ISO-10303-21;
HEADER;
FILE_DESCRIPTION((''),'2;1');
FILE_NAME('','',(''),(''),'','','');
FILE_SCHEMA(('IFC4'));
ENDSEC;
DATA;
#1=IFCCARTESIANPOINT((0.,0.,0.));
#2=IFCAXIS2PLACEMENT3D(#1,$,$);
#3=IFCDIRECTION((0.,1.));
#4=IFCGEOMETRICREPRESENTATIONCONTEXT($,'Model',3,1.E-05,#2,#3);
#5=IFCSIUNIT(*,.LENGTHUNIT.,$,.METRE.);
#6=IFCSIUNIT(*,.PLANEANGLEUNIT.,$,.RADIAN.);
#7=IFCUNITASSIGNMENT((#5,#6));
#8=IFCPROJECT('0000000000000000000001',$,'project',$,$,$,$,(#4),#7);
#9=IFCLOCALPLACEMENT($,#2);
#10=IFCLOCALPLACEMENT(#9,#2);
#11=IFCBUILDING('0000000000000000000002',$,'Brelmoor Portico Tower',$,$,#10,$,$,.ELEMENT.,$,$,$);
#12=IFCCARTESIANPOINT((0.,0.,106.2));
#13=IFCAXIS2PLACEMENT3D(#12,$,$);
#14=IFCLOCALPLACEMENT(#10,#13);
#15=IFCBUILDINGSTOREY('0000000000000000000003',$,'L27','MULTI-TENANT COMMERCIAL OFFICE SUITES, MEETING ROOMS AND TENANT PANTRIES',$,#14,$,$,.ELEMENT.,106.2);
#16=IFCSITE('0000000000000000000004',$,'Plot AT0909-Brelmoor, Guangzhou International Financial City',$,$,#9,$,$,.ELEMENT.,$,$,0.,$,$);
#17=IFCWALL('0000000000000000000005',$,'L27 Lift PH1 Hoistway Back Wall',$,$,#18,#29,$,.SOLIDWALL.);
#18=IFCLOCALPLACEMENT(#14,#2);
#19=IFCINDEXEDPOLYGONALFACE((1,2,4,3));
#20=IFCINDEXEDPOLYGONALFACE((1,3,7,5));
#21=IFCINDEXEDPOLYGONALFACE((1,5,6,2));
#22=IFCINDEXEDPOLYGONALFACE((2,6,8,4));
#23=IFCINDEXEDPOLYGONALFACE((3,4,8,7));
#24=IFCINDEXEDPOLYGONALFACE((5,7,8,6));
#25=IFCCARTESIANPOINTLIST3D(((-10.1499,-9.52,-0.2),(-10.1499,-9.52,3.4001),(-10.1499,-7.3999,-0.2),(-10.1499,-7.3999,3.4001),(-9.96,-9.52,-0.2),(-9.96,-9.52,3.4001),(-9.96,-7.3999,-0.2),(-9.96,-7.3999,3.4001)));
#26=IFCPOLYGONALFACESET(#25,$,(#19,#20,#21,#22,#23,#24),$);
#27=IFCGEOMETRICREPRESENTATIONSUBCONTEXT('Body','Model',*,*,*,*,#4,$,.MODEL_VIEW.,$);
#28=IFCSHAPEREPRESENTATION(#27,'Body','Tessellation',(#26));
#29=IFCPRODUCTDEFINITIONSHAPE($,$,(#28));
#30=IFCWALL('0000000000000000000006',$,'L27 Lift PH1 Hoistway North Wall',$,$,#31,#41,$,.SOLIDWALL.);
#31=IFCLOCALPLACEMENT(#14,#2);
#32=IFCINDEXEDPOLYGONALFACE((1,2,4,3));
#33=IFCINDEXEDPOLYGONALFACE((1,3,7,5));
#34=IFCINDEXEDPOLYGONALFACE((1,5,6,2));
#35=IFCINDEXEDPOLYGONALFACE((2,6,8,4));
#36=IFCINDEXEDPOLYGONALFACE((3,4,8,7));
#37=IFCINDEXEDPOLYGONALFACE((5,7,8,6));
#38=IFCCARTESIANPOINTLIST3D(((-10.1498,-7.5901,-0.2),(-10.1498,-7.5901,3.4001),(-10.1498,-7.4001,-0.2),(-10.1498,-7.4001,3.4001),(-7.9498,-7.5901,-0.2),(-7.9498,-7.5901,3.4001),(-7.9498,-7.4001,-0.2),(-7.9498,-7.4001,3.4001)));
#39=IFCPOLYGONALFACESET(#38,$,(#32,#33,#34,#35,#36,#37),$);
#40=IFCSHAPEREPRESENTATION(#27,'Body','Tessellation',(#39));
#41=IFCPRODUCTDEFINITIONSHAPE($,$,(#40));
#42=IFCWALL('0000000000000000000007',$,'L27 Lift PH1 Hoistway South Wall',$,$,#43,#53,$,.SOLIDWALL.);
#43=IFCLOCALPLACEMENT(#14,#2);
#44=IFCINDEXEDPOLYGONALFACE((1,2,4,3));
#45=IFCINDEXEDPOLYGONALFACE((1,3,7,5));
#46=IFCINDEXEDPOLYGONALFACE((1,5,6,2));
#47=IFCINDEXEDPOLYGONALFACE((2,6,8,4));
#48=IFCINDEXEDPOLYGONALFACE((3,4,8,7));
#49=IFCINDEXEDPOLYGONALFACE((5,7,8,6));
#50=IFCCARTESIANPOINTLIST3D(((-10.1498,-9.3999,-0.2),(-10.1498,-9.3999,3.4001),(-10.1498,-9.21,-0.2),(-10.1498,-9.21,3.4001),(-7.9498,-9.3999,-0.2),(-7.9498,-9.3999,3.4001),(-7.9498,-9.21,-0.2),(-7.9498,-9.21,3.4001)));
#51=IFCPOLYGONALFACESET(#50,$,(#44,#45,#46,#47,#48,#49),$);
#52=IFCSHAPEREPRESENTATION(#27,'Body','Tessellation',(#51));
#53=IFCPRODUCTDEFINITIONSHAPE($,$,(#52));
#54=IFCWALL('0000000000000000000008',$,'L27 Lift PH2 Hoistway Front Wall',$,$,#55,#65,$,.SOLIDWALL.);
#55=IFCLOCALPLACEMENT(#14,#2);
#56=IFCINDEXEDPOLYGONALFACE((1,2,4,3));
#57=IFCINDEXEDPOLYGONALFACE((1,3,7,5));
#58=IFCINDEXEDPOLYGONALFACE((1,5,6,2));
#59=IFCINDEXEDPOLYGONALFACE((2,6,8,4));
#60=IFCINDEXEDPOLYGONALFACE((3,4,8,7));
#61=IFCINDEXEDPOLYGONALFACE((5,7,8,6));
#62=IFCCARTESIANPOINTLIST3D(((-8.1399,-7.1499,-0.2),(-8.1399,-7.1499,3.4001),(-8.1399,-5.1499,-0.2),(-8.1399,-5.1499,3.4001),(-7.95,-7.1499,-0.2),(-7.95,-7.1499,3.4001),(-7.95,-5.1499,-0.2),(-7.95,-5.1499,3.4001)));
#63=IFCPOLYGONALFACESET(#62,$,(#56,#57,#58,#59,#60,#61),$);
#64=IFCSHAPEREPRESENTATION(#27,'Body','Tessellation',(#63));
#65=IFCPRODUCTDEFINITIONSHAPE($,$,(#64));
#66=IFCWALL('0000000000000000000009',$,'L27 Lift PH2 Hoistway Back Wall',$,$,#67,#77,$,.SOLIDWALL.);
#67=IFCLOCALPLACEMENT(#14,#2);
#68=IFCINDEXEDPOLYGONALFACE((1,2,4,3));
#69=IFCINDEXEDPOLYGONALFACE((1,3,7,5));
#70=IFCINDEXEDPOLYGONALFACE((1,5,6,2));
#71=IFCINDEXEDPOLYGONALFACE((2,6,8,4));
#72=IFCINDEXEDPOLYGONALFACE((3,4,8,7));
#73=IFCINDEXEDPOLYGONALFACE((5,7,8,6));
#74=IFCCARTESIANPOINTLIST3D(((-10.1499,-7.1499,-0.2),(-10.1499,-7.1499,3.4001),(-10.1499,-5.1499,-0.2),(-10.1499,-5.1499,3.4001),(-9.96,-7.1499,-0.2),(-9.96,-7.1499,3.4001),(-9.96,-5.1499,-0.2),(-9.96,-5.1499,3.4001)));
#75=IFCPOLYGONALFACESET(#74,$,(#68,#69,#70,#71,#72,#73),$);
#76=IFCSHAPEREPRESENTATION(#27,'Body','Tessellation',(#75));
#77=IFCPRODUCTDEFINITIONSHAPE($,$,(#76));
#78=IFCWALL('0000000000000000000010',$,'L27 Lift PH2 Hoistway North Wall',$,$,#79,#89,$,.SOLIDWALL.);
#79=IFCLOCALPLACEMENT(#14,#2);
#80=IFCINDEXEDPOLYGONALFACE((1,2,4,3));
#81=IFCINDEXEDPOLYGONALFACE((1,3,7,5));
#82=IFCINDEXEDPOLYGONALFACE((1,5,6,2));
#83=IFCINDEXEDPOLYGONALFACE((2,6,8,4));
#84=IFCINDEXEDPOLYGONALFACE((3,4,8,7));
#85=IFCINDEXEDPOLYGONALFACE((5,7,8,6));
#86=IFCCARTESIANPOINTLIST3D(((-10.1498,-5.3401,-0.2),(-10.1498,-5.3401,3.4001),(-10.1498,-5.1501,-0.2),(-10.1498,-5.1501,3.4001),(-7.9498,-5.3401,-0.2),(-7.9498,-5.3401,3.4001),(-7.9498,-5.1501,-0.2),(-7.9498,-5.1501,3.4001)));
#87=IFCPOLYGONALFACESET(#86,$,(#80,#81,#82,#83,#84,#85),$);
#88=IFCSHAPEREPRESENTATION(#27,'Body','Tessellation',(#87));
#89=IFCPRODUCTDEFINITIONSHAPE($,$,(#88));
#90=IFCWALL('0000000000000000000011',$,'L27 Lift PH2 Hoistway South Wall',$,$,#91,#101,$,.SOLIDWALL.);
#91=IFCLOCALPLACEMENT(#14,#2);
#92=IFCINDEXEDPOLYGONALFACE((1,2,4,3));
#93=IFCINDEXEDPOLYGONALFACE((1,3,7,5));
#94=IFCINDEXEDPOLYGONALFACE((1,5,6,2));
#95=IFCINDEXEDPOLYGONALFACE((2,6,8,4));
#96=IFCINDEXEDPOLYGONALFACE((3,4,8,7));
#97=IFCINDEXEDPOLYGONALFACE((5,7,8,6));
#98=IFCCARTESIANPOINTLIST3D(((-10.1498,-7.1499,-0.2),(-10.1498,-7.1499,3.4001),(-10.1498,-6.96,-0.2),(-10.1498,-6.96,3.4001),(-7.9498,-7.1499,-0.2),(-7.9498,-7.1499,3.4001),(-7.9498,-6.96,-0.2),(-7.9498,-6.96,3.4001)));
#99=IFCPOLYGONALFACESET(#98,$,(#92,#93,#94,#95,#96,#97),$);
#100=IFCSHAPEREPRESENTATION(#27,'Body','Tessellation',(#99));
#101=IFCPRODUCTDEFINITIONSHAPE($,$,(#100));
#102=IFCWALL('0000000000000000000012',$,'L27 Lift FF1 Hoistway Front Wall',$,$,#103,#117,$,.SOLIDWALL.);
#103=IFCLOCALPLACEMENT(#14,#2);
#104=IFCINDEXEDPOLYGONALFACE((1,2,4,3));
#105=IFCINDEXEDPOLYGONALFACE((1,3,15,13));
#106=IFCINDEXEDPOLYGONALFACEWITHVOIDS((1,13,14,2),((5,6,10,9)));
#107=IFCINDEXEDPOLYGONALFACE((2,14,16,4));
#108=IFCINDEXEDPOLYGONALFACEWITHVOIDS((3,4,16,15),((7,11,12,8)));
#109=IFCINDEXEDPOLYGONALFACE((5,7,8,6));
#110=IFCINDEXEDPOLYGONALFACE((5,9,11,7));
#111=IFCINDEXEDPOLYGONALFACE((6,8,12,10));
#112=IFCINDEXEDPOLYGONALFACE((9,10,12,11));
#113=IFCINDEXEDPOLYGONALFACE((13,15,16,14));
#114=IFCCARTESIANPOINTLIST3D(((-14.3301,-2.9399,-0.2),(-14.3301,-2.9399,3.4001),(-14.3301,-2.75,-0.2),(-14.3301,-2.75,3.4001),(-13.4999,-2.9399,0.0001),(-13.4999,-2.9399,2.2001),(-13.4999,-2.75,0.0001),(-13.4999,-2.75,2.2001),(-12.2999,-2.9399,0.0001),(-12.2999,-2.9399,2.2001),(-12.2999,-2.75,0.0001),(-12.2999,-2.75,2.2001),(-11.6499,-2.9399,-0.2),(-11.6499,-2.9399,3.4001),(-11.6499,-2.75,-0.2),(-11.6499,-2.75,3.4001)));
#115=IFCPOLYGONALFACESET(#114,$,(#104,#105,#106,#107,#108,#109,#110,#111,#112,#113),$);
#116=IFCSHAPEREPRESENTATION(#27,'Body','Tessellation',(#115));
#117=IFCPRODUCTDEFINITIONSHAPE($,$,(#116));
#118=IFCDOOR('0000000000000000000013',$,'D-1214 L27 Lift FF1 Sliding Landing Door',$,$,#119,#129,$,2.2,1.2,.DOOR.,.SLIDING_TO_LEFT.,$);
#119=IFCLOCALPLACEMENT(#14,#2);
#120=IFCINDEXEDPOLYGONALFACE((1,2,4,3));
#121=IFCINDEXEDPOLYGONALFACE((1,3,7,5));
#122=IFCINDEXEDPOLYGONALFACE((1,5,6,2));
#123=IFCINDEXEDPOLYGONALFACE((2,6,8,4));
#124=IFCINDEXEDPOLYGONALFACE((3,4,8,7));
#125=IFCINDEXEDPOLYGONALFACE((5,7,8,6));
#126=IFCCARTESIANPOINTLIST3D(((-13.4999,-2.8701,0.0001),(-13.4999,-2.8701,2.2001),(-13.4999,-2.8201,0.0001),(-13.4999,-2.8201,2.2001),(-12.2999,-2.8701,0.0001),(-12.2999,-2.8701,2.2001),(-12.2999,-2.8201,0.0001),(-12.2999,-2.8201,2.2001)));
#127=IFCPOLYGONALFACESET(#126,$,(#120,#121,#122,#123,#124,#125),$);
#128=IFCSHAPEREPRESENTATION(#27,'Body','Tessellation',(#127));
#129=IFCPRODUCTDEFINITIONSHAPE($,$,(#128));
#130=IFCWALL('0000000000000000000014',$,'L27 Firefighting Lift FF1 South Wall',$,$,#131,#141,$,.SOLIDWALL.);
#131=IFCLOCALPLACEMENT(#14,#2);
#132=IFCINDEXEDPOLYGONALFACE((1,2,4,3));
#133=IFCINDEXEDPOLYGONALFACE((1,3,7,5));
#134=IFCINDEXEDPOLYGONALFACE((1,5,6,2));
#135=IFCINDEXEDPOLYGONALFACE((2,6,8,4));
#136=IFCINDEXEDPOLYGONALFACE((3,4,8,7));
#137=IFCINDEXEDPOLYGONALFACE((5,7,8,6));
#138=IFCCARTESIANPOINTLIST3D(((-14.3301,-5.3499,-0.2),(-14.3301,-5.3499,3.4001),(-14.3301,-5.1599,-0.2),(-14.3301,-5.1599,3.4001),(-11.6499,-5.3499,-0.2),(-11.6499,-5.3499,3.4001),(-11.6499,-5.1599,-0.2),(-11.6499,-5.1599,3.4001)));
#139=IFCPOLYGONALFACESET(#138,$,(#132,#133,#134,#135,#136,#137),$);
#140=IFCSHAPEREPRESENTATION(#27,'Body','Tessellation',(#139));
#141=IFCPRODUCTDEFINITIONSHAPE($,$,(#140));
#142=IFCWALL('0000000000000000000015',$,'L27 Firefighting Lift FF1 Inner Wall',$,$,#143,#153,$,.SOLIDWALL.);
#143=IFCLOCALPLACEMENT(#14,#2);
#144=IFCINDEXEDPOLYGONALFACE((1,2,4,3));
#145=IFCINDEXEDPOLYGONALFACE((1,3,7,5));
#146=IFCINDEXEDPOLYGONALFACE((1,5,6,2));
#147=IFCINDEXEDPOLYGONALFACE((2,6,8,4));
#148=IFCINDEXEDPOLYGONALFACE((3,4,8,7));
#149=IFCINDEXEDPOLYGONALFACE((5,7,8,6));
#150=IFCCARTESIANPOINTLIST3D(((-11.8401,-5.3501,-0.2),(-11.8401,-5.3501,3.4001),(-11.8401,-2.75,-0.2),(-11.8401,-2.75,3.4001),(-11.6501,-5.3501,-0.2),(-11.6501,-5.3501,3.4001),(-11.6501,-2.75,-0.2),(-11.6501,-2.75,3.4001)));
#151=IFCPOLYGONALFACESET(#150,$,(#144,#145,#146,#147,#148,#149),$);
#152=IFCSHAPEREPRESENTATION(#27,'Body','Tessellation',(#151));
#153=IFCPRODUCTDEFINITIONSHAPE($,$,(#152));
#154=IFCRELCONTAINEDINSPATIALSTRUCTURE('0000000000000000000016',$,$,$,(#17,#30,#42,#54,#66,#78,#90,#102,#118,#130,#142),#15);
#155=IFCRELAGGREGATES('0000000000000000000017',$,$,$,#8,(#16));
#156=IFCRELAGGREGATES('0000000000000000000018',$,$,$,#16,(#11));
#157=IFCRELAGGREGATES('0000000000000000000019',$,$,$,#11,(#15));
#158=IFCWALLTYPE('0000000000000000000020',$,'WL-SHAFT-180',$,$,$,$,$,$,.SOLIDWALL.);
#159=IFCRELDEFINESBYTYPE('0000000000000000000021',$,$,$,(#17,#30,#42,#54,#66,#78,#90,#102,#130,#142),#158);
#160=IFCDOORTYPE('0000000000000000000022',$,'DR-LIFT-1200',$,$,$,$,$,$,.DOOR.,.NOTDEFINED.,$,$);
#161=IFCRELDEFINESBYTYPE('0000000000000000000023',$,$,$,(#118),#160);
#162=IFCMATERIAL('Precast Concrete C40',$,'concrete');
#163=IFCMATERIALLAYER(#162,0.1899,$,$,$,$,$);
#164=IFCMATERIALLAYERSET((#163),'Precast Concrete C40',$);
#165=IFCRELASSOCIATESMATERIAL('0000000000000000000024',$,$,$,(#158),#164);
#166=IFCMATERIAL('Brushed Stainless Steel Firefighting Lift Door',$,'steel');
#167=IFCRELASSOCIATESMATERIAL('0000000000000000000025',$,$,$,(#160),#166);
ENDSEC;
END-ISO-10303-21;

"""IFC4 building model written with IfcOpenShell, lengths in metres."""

from ifc_helpers import new_model, si_unit, direction, frame, frame_2d, origin, place, context, subcontext, project, spatial, rectangle, extrude, material, layer, layer_set, type_object, element, fill, save


model = new_model("IFC4")

# Units and contexts
model_context = context("Model", 3, precision=1e-05, world=origin(), true_north=direction((0.0, 1.0)))
body_context = subcontext(model_context, "Body", "Model", "MODEL_VIEW")
ifc_project = project(units=[si_unit("LENGTHUNIT", "METRE"), si_unit("PLANEANGLEUNIT", "RADIAN")], contexts=[model_context])

# Site, building, storey
site_placement = place(None, origin())
site = spatial("IfcSite", under=ifc_project, at=site_placement, Name="Plot AT0909-Brelmoor, Guangzhou International Financial City", CompositionType="ELEMENT", RefElevation=0.0)
building_placement = place(site_placement, origin())
building = spatial("IfcBuilding", under=site, at=building_placement, Name="Brelmoor Portico Tower", CompositionType="ELEMENT")
storey_placement = place(building_placement, frame((0.0, 0.0, 106.2)))
storey = spatial("IfcBuildingStorey", under=building, at=storey_placement, Name="L27", Description="MULTI-TENANT COMMERCIAL OFFICE SUITES, MEETING ROOMS AND TENANT PANTRIES", CompositionType="ELEMENT", Elevation=106.2)

# Walls
ifc_material_1 = material(Name="Precast Concrete C40", Category="concrete")
ifc_layer_1 = layer(ifc_material_1, 0.1899)
ifc_layer_set_1 = layer_set([ifc_layer_1], Name="Precast Concrete C40")
wall_type_1 = type_object("IfcWallType", Name="WL-SHAFT-180", PredefinedType="SOLIDWALL", material=ifc_layer_set_1)
for number, where, z_axis, x_axis, name in (
    (1, (-10.0549, -9.52, -0.2), (0.0, 0.0, 1.0), (0.0, 1.0, 0.0), "L27 Lift PH1 Hoistway Back Wall"),
):
    element("IfcWall", number, at=place(storey_placement, frame(where, z_axis=z_axis, x_axis=x_axis)), inside=storey, type_object=wall_type_1, Name=name, PredefinedType="SOLIDWALL", context=body_context, shape_type="SweptSolid", body=[
        extrude(rectangle(XDim=2.1201, YDim=0.1899, at=frame_2d((1.0601, 0.0))), origin(), (0.0, 0.0, 1.0), 3.6001),
    ])
for number, where, z_axis, x_axis, name in (
    (2, (-10.1499, -7.4951, -0.2), (0.0, 0.0, 1.0), (1.0, 0.0, 0.0), "L27 Lift PH1 Hoistway North Wall"),
    (3, (-10.1499, -9.3049, -0.2), (0.0, 0.0, 1.0), (1.0, 0.0, 0.0), "L27 Lift PH1 Hoistway South Wall"),
):
    element("IfcWall", number, at=place(storey_placement, frame(where, z_axis=z_axis, x_axis=x_axis)), inside=storey, type_object=wall_type_1, Name=name, PredefinedType="SOLIDWALL", context=body_context, shape_type="SweptSolid", body=[
        extrude(rectangle(XDim=2.2, YDim=0.1899, at=frame_2d((1.1001, 0.0))), origin(), (0.0, 0.0, 1.0), 3.6001),
    ])
for number, where, z_axis, x_axis, name in (
    (4, (-8.0449, -7.1499, -0.2), (0.0, 0.0, 1.0), (0.0, 1.0, 0.0), "L27 Lift PH2 Hoistway Front Wall"),
    (5, (-10.0549, -7.1499, -0.2), (0.0, 0.0, 1.0), (0.0, 1.0, 0.0), "L27 Lift PH2 Hoistway Back Wall"),
):
    element("IfcWall", number, at=place(storey_placement, frame(where, z_axis=z_axis, x_axis=x_axis)), inside=storey, type_object=wall_type_1, Name=name, PredefinedType="SOLIDWALL", context=body_context, shape_type="SweptSolid", body=[
        extrude(rectangle(XDim=2.0, YDim=0.1899, at=frame_2d((1.0, 0.0))), origin(), (0.0, 0.0, 1.0), 3.6001),
    ])
for number, where, z_axis, x_axis, name in (
    (6, (-10.1499, -5.2451, -0.2), (0.0, 0.0, 1.0), (1.0, 0.0, 0.0), "L27 Lift PH2 Hoistway North Wall"),
    (7, (-10.1499, -7.0549, -0.2), (0.0, 0.0, 1.0), (1.0, 0.0, 0.0), "L27 Lift PH2 Hoistway South Wall"),
):
    element("IfcWall", number, at=place(storey_placement, frame(where, z_axis=z_axis, x_axis=x_axis)), inside=storey, type_object=wall_type_1, Name=name, PredefinedType="SOLIDWALL", context=body_context, shape_type="SweptSolid", body=[
        extrude(rectangle(XDim=2.2, YDim=0.1899, at=frame_2d((1.1001, 0.0))), origin(), (0.0, 0.0, 1.0), 3.6001),
    ])

# Wall, opening, door
wall_1_placement = place(storey_placement, frame((-14.3301, -2.845, -0.2), z_axis=(0.0, 0.0, 1.0), x_axis=(1.0, 0.0, 0.0)))
wall_1 = element("IfcWall", 8, at=wall_1_placement, inside=storey, type_object=wall_type_1, Name="L27 Lift FF1 Hoistway Front Wall", PredefinedType="SOLIDWALL", context=body_context, shape_type="SweptSolid", body=[
    extrude(rectangle(XDim=2.6802, YDim=0.1899, at=frame_2d((1.3401, 0.0))), origin(), (0.0, 0.0, 1.0), 3.6001),
])
opening_1_placement = place(wall_1_placement, frame((0.8301, 0.0, 0.2)))
opening_1 = element("IfcOpeningElement", 9, at=opening_1_placement, cuts=wall_1, PredefinedType="OPENING", context=body_context, shape_type="SweptSolid", body=[
    extrude(rectangle(XDim=1.2, YDim=2.2, at=frame_2d((0.6001, 1.1001))), frame((0.0, 0.105, 0.0), z_axis=(0.0, -1.0, 0.0), x_axis=(1.0, 0.0, 0.0)), (0.0, 0.0, 1.0), 0.21),
])
ifc_material_2 = material(Name="Brushed Stainless Steel Firefighting Lift Door", Category="steel")
door_type_1 = type_object("IfcDoorType", Name="DR-LIFT-1200", OperationType="NOTDEFINED", PredefinedType="DOOR", material=ifc_material_2)
door_1_placement = place(opening_1_placement, origin())
door_1 = element("IfcDoor", 10, at=door_1_placement, inside=storey, type_object=door_type_1, Name="D-1214 L27 Lift FF1 Sliding Landing Door", OperationType="SLIDING_TO_LEFT", OverallHeight=2.2, OverallWidth=1.2, PredefinedType="DOOR", context=body_context, shape_type="SweptSolid", body=[
    extrude(rectangle(XDim=1.2, YDim=2.2, at=frame_2d((0.6001, 1.1001))), frame((0.0, 0.0249, 0.0), z_axis=(0.0, -1.0, 0.0), x_axis=(1.0, 0.0, 0.0)), (0.0, 0.0, 1.0), 0.05),
])
fill(opening_1, door_1)

# Walls
wall_2_placement = place(storey_placement, frame((-14.3301, -5.2549, -0.2), z_axis=(0.0, 0.0, 1.0), x_axis=(1.0, 0.0, 0.0)))
element("IfcWall", 11, at=wall_2_placement, inside=storey, type_object=wall_type_1, Name="L27 Firefighting Lift FF1 South Wall", PredefinedType="SOLIDWALL", context=body_context, shape_type="SweptSolid", body=[
    extrude(rectangle(XDim=2.6802, YDim=0.1899, at=frame_2d((1.3401, 0.0))), origin(), (0.0, 0.0, 1.0), 3.6001),
])
wall_3_placement = place(storey_placement, frame((-11.7451, -5.3501, -0.2), z_axis=(0.0, 0.0, 1.0), x_axis=(0.0, 1.0, 0.0)))
element("IfcWall", 12, at=wall_3_placement, inside=storey, type_object=wall_type_1, Name="L27 Firefighting Lift FF1 Inner Wall", PredefinedType="SOLIDWALL", context=body_context, shape_type="SweptSolid", body=[
    extrude(rectangle(XDim=2.6001, YDim=0.1899, at=frame_2d((1.3, 0.0))), origin(), (0.0, 0.0, 1.0), 3.6001),
])

save(model, "model.ifc")
